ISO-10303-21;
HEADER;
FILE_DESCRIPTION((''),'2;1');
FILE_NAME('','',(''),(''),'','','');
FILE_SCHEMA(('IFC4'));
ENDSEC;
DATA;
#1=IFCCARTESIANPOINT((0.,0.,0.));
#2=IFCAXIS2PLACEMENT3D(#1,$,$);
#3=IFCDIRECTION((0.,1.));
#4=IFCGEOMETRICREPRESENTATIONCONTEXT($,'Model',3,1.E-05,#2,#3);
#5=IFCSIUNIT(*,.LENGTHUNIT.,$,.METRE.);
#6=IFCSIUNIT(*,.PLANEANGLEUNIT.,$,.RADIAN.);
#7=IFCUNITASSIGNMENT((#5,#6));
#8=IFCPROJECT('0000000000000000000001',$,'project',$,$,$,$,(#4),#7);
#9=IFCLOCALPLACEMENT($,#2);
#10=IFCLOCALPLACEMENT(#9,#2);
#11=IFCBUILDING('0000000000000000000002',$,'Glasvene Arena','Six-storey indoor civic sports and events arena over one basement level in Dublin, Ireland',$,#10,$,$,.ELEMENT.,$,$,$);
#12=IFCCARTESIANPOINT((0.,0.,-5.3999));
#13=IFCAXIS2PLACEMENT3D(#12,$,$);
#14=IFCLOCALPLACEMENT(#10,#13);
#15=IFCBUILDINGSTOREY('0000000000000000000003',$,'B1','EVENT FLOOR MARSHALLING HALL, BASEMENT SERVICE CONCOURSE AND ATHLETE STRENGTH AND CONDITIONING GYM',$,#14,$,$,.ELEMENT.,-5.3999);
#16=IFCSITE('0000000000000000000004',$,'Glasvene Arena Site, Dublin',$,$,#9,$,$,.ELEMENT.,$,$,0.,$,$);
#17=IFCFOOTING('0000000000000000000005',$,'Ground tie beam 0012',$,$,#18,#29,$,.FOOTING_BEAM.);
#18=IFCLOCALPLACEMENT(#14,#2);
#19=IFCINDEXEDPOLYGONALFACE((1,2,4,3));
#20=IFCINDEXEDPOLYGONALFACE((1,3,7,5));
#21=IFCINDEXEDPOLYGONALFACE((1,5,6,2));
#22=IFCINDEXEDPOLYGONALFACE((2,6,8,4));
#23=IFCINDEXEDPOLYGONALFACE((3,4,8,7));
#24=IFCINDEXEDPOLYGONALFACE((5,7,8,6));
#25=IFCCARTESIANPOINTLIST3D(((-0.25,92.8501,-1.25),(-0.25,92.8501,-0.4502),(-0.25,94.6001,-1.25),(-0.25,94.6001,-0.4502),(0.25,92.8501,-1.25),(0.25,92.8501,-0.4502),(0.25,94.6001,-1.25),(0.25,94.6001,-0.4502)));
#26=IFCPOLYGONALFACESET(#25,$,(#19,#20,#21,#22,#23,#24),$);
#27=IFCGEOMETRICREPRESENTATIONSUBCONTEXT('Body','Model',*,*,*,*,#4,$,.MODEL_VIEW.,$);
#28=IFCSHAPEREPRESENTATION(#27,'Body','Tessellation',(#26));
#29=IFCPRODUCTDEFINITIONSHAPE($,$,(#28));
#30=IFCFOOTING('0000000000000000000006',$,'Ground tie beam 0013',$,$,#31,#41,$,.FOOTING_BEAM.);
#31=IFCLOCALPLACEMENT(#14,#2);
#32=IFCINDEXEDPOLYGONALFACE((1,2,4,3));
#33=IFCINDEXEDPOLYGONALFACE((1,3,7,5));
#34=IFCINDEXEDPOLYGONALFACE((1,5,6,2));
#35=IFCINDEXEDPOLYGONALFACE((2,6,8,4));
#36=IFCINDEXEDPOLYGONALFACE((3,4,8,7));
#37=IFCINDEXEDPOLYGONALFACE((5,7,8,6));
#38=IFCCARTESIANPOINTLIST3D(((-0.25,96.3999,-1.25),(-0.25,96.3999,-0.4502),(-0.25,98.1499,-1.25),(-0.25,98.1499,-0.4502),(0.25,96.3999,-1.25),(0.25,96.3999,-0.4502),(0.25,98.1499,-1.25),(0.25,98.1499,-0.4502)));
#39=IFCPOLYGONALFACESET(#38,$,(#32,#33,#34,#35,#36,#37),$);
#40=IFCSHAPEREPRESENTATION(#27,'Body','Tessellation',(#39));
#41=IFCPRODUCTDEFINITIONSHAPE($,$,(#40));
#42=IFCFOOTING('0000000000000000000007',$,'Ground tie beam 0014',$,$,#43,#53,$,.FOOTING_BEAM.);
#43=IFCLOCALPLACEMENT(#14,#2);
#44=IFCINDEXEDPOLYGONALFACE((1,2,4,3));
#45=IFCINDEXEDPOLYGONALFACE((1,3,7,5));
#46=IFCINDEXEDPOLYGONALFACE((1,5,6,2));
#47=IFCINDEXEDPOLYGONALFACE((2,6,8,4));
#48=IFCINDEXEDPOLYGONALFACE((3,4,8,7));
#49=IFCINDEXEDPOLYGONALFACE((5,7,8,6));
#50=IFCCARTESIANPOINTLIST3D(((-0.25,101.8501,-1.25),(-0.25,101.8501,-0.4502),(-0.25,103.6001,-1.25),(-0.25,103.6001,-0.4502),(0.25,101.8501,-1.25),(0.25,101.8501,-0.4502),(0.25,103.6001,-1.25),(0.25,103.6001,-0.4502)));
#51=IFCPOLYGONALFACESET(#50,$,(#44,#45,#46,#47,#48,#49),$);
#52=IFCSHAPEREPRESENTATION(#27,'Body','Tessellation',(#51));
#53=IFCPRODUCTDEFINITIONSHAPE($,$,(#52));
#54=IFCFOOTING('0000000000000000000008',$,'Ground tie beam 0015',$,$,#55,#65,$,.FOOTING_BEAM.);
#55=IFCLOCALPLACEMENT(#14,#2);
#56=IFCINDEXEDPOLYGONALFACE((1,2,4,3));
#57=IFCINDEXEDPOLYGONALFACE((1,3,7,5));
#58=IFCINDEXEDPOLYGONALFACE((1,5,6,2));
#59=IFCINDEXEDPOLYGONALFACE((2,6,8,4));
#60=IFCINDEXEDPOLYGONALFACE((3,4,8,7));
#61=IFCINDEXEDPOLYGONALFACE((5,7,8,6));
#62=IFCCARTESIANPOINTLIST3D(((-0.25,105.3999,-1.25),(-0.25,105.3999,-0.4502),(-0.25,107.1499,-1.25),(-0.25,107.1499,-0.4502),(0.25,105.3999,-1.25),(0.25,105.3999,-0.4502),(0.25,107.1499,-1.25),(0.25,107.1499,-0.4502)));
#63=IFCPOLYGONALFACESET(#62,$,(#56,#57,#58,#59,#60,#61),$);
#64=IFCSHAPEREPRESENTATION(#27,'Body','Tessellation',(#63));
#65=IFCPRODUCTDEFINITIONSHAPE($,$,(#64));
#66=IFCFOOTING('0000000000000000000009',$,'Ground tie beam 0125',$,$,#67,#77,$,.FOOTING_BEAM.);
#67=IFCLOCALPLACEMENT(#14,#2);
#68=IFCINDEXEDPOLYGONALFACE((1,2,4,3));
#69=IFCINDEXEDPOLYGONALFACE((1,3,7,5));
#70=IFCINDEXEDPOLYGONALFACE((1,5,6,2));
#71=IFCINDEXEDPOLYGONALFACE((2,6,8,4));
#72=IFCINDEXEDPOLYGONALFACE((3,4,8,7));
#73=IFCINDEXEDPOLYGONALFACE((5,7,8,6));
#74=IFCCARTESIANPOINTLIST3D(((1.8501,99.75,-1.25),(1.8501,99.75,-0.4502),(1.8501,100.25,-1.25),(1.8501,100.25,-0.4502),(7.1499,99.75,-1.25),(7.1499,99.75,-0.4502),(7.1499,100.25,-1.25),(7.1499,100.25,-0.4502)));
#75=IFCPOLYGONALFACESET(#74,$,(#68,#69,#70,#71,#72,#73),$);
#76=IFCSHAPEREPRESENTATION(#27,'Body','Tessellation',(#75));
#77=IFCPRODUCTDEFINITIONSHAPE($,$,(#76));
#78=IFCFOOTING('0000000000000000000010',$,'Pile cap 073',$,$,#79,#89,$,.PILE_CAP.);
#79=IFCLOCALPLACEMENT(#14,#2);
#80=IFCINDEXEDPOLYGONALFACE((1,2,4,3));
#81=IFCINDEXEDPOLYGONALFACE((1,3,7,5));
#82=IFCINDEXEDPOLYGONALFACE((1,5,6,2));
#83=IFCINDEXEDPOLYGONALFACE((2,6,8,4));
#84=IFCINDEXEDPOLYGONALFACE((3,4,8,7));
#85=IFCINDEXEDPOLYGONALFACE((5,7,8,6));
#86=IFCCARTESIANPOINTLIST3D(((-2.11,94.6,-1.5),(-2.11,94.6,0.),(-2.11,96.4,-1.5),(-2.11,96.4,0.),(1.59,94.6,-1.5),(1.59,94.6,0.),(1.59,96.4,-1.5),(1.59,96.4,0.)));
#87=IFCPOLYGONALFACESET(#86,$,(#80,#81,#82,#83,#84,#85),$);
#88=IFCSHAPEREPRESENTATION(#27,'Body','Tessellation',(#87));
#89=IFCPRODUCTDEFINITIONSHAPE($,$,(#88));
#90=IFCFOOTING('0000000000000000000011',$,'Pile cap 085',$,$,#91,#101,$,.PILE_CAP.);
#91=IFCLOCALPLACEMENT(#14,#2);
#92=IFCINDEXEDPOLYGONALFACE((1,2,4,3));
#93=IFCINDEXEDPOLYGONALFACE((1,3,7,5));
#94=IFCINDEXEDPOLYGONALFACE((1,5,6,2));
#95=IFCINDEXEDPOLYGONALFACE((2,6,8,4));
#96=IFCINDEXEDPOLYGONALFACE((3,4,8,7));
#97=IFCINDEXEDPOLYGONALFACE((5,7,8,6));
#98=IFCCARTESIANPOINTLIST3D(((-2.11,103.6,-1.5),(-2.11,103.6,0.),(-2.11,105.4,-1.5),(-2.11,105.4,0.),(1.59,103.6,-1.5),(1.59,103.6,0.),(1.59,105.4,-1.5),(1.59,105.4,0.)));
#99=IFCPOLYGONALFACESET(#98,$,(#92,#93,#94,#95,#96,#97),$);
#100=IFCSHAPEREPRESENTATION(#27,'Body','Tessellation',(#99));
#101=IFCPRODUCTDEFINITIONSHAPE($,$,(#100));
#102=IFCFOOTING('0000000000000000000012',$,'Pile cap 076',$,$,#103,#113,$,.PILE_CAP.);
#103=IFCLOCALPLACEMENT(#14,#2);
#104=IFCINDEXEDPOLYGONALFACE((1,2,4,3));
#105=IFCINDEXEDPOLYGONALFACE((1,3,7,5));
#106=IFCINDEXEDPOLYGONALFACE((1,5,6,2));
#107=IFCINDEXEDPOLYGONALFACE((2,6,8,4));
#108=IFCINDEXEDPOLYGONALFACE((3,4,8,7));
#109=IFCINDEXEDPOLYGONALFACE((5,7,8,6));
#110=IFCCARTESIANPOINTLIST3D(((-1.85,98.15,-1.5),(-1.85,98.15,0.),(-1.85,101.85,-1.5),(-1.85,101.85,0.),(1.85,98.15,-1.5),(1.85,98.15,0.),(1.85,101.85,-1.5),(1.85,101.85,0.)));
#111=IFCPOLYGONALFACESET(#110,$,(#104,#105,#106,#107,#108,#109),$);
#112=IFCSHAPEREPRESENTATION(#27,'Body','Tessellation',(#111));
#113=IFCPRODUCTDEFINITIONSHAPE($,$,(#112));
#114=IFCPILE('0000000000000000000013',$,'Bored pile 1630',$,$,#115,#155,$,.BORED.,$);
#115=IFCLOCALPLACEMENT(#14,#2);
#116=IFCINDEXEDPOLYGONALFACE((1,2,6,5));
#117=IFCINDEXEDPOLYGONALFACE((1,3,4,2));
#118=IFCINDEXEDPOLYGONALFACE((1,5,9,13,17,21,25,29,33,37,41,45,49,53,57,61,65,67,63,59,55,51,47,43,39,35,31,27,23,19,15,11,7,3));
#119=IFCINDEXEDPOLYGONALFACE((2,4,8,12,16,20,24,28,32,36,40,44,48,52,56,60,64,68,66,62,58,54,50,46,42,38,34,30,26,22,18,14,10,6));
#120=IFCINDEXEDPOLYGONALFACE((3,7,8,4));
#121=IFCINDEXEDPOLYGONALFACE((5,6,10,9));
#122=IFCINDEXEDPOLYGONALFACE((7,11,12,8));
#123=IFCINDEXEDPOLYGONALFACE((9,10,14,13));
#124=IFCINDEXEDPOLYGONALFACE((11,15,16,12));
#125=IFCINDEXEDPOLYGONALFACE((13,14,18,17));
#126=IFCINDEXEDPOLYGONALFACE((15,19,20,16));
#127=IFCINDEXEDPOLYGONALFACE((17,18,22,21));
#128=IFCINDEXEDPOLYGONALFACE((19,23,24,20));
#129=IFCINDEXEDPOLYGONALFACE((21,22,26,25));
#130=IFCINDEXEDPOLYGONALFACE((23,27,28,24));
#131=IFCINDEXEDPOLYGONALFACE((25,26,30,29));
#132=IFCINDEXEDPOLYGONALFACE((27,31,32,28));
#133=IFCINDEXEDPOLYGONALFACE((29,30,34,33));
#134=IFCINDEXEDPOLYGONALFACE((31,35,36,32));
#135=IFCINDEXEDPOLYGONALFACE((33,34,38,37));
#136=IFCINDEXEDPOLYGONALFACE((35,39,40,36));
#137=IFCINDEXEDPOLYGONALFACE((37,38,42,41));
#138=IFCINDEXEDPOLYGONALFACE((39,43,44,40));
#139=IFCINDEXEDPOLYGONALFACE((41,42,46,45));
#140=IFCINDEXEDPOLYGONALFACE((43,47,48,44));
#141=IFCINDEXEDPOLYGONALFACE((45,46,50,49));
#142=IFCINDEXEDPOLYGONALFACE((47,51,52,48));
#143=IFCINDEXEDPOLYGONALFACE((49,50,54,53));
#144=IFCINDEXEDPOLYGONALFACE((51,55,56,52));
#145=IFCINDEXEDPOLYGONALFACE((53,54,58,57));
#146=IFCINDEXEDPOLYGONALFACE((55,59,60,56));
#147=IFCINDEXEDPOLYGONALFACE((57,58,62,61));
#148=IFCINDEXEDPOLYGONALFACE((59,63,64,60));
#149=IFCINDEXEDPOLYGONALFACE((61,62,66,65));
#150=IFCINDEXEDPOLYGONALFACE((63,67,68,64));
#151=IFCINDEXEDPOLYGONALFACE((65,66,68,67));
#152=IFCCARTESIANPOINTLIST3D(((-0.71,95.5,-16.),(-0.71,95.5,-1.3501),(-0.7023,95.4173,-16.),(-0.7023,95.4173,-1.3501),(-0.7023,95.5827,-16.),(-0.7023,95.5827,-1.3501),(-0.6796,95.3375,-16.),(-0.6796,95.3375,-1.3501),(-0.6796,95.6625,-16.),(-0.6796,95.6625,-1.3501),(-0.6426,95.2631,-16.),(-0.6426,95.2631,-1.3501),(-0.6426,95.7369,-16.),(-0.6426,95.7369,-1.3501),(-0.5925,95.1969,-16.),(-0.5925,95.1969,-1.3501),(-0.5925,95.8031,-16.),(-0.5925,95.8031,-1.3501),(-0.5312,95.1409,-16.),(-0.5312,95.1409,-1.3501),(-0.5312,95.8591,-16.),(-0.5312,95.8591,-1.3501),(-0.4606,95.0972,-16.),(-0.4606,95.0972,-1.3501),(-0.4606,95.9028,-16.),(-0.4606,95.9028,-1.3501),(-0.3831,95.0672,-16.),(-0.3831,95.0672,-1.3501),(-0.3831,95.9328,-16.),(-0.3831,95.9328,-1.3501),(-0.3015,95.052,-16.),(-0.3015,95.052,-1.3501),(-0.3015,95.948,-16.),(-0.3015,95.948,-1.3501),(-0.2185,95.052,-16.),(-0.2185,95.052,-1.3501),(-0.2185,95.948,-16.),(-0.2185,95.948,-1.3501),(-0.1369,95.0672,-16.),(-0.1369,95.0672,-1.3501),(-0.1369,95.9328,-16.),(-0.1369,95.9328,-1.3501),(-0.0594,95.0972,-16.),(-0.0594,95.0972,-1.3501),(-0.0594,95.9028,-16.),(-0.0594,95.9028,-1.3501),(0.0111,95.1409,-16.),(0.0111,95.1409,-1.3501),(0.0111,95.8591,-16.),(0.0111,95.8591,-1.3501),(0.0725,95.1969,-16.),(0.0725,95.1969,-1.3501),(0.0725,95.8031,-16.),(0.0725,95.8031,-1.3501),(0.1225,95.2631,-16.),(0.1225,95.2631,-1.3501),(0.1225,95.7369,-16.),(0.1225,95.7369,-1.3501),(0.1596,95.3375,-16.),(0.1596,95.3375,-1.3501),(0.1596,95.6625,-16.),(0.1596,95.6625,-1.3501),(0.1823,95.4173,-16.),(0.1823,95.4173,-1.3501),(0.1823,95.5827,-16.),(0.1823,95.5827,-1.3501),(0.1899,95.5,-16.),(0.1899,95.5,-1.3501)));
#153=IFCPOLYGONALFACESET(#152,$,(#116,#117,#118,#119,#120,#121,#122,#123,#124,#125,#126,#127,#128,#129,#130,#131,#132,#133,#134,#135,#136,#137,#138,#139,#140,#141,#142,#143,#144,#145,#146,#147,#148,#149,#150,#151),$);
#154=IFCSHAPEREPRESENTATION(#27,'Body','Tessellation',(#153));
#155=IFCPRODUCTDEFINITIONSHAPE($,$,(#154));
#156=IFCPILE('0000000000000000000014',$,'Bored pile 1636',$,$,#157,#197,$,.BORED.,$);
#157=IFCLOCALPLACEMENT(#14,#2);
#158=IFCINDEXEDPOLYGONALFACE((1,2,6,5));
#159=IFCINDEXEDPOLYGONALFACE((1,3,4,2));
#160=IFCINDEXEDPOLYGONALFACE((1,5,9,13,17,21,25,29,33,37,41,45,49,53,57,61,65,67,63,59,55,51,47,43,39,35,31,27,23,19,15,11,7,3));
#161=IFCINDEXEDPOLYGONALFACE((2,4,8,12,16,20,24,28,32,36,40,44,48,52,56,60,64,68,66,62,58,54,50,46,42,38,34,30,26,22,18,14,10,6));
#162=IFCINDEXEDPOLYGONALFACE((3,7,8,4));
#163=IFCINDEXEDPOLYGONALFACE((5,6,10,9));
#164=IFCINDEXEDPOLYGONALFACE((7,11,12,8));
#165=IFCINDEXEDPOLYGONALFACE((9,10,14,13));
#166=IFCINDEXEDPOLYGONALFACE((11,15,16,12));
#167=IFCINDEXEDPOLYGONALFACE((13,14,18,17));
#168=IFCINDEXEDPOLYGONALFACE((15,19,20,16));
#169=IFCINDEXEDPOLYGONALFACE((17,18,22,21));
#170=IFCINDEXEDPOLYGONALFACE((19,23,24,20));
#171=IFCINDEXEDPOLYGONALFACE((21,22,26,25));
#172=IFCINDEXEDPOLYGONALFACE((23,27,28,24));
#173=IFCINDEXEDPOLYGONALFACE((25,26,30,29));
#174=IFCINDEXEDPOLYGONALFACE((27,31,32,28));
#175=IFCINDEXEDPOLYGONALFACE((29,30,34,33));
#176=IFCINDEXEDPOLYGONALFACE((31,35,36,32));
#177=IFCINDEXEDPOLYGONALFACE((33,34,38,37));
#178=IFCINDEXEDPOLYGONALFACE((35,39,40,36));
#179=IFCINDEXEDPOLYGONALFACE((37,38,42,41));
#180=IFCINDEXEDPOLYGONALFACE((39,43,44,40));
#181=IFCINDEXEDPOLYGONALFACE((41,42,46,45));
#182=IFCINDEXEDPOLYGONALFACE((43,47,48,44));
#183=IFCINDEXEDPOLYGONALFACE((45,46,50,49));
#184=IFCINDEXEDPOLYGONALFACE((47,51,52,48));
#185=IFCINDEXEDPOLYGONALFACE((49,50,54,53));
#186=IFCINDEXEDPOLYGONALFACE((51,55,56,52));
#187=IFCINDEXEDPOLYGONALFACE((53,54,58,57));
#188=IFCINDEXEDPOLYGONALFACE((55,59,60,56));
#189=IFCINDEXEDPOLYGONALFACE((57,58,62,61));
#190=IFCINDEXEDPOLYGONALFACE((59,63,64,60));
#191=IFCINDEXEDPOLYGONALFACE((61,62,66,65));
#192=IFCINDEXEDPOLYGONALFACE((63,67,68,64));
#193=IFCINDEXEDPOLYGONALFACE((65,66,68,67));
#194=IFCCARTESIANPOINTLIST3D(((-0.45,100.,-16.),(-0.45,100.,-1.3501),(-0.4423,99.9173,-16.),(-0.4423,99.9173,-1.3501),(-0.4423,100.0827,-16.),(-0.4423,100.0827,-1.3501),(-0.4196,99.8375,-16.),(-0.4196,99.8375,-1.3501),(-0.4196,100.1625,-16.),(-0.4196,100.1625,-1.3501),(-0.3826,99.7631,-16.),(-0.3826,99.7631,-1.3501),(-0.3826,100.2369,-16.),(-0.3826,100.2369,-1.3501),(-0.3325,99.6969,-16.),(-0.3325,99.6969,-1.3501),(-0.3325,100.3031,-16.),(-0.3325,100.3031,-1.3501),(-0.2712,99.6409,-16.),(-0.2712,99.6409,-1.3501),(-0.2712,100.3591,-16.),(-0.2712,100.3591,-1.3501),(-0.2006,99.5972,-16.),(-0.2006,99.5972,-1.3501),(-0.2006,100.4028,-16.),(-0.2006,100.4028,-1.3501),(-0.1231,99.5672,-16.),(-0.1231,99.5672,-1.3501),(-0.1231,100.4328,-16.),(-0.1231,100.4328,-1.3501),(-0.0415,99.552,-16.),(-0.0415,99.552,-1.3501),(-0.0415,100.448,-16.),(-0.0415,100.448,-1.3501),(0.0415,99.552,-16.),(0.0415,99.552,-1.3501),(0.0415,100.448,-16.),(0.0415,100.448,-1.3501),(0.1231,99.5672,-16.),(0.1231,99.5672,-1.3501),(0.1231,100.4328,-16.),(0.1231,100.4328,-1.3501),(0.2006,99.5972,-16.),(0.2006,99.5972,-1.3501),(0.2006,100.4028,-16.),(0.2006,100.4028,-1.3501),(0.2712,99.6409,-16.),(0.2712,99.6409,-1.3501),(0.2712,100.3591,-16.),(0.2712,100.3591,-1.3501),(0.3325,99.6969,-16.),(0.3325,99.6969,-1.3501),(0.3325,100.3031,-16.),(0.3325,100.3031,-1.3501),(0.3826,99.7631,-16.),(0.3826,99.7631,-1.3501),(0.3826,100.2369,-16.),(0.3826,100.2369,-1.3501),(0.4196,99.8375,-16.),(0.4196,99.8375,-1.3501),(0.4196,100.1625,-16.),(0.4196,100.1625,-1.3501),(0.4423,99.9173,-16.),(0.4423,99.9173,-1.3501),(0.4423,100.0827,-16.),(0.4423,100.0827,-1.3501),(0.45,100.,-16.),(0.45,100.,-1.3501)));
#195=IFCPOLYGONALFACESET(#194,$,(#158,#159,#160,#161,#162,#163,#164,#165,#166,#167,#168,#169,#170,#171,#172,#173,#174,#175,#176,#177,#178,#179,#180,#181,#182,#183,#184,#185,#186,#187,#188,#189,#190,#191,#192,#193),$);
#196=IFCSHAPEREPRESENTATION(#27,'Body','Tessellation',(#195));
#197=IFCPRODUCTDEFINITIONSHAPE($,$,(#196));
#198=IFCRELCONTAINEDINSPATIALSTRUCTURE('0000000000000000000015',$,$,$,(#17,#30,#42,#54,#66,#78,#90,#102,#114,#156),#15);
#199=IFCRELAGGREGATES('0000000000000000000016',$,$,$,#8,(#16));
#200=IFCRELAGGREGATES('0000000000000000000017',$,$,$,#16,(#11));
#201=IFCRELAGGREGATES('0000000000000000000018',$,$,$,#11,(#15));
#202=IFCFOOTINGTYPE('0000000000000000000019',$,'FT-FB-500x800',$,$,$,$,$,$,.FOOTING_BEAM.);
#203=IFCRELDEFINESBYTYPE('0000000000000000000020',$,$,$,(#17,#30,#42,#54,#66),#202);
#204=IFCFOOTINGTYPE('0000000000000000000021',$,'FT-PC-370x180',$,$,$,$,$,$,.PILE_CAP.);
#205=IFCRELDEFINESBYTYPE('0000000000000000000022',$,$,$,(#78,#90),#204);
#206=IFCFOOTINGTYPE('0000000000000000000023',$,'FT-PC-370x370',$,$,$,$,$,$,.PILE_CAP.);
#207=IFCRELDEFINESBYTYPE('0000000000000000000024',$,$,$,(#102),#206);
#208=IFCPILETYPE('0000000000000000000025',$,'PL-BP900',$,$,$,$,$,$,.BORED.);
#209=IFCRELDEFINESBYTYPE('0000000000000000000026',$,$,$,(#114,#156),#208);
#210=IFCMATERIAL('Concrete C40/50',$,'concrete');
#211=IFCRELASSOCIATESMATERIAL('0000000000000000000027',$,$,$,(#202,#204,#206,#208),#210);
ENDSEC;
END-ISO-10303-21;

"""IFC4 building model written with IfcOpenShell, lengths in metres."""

from ifc_helpers import new_model, si_unit, direction, frame, origin, origin_2d, place, context, subcontext, project, spatial, polyline, rectangle, circle, outline, extrude, material, material_profile, profile_set, type_object, element, save


model = new_model("IFC4")

# Units and contexts
model_context = context("Model", 3, precision=1e-05, world=origin(), true_north=direction((0.0, 1.0)))
body_context = subcontext(model_context, "Body", "Model", "MODEL_VIEW")
ifc_project = project(units=[si_unit("LENGTHUNIT", "METRE"), si_unit("PLANEANGLEUNIT", "RADIAN")], contexts=[model_context])

# Site, building, storey
site_placement = place(None, origin())
site = spatial("IfcSite", under=ifc_project, at=site_placement, Name="Glasvene Arena Site, Dublin", CompositionType="ELEMENT", RefElevation=0.0)
building_placement = place(site_placement, origin())
building = spatial("IfcBuilding", under=site, at=building_placement, Name="Glasvene Arena", Description="Six-storey indoor civic sports and events arena over one basement level in Dublin, Ireland", CompositionType="ELEMENT")
storey_placement = place(building_placement, frame((0.0, 0.0, -5.3999)))
storey = spatial("IfcBuildingStorey", under=building, at=storey_placement, Name="B1", Description="EVENT FLOOR MARSHALLING HALL, BASEMENT SERVICE CONCOURSE AND ATHLETE STRENGTH AND CONDITIONING GYM", CompositionType="ELEMENT", Elevation=-5.3999)

# Footings
ifc_material_1 = material(Name="Concrete C40/50", Category="concrete")
footing_type_1 = type_object("IfcFootingType", Name="FT-FB-500x800", PredefinedType="FOOTING_BEAM", material=ifc_material_1)
for number, where, name in (
    (1, (0.0, 93.7251, -1.25), "Ground tie beam 0012"),
    (2, (0.0, 97.2749, -1.25), "Ground tie beam 0013"),
    (3, (0.0, 102.7251, -1.25), "Ground tie beam 0014"),
    (4, (0.0, 106.2749, -1.25), "Ground tie beam 0015"),
):
    element("IfcFooting", number, at=place(storey_placement, frame(where)), inside=storey, type_object=footing_type_1, Name=name, PredefinedType="FOOTING_BEAM", context=body_context, shape_type="SweptSolid", body=[
        extrude(outline(polyline([(-0.25, -0.875), (0.25, -0.875), (0.25, 0.875), (-0.25, 0.875), (-0.25, -0.875)])), origin(), (0.0, 0.0, 1.0), 0.7998),
    ])
footing_1_placement = place(storey_placement, frame((4.5, 100.0, -1.25)))
element("IfcFooting", 5, at=footing_1_placement, inside=storey, type_object=footing_type_1, Name="Ground tie beam 0125", PredefinedType="FOOTING_BEAM", context=body_context, shape_type="SweptSolid", body=[
    extrude(outline(polyline([(-2.6499, -0.25), (2.6499, -0.25), (2.6499, 0.25), (-2.6499, 0.25), (-2.6499, -0.25)])), origin(), (0.0, 0.0, 1.0), 0.7998),
])
footing_type_2 = type_object("IfcFootingType", Name="FT-PC-370x180", PredefinedType="PILE_CAP", material=ifc_material_1)
for number, where, z_axis, x_axis, name in (
    (6, (-0.26, 95.5, -1.5), (0.0, 0.0, 1.0), (1.0, 0.0, 0.0), "Pile cap 073"),
    (7, (-0.26, 104.5, -1.5), (0.0, 0.0, 1.0), (1.0, 0.0, 0.0), "Pile cap 085"),
):
    element("IfcFooting", number, at=place(storey_placement, frame(where, z_axis=z_axis, x_axis=x_axis)), inside=storey, type_object=footing_type_2, Name=name, PredefinedType="PILE_CAP", context=body_context, shape_type="SweptSolid", body=[
        extrude(rectangle(XDim=3.7, YDim=1.8, at=origin_2d()), origin(), (0.0, 0.0, 1.0), 1.5),
    ])
footing_type_3 = type_object("IfcFootingType", Name="FT-PC-370x370", PredefinedType="PILE_CAP", material=ifc_material_1)
footing_2_placement = place(storey_placement, frame((0.0, 100.0, -1.5), z_axis=(0.0, 0.0, 1.0), x_axis=(1.0, 0.0, 0.0)))
element("IfcFooting", 8, at=footing_2_placement, inside=storey, type_object=footing_type_3, Name="Pile cap 076", PredefinedType="PILE_CAP", context=body_context, shape_type="SweptSolid", body=[
    extrude(rectangle(XDim=3.7, YDim=3.7, at=origin_2d()), origin(), (0.0, 0.0, 1.0), 1.5),
])

# Piles
ifc_material_profile_1 = material_profile(ifc_material_1, circle(Radius=0.45, at=origin_2d()), Name="BORED PILE 900")
ifc_profile_set_1 = profile_set([ifc_material_profile_1], Name="Concrete C40/50")
pile_type = type_object("IfcPileType", Name="PL-BP900", PredefinedType="BORED", material=ifc_profile_set_1)
for number, where, z_axis, x_axis, name in (
    (9, (-0.26, 95.5, -1.3501), (0.0, 0.0, -1.0), (1.0, 0.0, 0.0), "Bored pile 1630"),
    (10, (0.0, 100.0, -1.3501), (0.0, 0.0, -1.0), (1.0, 0.0, 0.0), "Bored pile 1636"),
):
    element("IfcPile", number, at=place(storey_placement, frame(where, z_axis=z_axis, x_axis=x_axis)), inside=storey, type_object=pile_type, Name=name, PredefinedType="BORED", context=body_context, shape_type="SweptSolid", body=[
        extrude(circle(Radius=0.45, at=origin_2d()), origin(), (0.0, 0.0, 1.0), 14.6499),
    ])

save(model, "model.ifc")
